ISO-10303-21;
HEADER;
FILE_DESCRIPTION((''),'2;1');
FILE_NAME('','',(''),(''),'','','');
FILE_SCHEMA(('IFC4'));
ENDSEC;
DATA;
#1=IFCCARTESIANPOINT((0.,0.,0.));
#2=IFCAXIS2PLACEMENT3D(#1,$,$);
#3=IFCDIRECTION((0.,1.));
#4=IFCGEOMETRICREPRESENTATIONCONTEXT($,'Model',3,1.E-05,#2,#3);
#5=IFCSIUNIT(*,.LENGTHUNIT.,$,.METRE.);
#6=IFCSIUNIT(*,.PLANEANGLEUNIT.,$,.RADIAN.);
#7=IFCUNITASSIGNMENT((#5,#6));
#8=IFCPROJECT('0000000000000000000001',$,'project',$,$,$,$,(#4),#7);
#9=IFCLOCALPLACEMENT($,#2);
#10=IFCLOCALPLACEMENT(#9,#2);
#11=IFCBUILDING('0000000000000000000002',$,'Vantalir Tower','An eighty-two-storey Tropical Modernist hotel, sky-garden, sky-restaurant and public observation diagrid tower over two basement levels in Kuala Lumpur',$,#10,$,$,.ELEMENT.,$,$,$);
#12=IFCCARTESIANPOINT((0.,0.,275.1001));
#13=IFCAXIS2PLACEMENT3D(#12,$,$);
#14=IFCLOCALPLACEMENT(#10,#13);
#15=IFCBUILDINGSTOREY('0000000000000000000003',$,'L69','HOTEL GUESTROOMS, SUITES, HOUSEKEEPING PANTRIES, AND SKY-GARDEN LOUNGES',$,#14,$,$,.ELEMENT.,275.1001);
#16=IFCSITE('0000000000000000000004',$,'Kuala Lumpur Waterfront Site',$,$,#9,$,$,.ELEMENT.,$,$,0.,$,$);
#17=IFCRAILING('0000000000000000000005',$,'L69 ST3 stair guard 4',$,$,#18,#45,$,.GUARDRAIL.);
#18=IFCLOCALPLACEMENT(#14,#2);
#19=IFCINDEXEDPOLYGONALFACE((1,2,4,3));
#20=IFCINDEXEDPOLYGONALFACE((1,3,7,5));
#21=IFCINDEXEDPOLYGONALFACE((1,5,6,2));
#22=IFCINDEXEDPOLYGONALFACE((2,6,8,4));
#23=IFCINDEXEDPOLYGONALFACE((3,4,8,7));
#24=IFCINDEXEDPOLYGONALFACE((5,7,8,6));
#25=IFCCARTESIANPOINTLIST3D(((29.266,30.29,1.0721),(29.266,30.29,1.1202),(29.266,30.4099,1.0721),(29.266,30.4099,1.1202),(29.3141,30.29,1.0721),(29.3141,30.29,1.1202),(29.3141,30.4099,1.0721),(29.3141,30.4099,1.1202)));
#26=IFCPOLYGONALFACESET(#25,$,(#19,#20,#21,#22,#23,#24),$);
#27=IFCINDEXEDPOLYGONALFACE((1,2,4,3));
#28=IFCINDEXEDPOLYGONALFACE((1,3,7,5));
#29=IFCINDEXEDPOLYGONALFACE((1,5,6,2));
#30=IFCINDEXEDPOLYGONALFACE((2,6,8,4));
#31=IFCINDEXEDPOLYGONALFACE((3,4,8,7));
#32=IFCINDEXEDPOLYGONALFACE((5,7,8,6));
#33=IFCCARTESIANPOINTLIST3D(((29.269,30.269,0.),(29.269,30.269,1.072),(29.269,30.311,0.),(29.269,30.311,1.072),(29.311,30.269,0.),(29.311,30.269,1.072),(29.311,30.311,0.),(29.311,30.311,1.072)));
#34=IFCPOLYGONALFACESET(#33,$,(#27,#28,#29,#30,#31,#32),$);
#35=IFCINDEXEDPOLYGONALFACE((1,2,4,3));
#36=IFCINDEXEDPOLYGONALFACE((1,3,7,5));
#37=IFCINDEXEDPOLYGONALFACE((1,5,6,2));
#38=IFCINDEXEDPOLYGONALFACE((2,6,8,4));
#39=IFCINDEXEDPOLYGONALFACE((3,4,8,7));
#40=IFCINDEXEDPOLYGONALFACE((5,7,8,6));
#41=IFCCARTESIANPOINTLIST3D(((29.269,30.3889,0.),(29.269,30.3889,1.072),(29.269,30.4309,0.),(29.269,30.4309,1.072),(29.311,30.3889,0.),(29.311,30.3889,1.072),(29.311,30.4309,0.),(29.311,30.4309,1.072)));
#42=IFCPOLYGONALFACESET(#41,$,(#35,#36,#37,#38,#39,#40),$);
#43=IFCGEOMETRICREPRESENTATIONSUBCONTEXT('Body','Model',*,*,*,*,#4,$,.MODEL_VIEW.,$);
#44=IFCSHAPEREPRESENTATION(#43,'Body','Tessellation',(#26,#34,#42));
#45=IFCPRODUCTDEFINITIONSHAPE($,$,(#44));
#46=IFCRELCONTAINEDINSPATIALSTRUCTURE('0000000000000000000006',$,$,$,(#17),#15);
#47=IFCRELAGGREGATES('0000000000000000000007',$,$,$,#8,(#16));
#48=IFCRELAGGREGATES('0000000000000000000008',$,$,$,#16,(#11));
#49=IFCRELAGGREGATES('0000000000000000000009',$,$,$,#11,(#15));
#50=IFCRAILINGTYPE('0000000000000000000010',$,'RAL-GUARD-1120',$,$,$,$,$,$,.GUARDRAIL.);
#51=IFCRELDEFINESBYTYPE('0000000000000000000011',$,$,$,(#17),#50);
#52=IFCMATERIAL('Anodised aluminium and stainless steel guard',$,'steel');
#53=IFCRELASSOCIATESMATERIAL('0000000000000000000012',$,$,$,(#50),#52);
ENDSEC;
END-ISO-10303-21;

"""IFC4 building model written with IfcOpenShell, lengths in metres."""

from ifc_helpers import new_model, si_unit, direction, frame, origin, origin_2d, place, context, subcontext, project, spatial, rectangle, extrude, material, type_object, element, save


model = new_model("IFC4")

# Units and contexts
model_context = context("Model", 3, precision=1e-05, world=origin(), true_north=direction((0.0, 1.0)))
body_context = subcontext(model_context, "Body", "Model", "MODEL_VIEW")
ifc_project = project(units=[si_unit("LENGTHUNIT", "METRE"), si_unit("PLANEANGLEUNIT", "RADIAN")], contexts=[model_context])

# Site, building, storey
site_placement = place(None, origin())
site = spatial("IfcSite", under=ifc_project, at=site_placement, Name="Kuala Lumpur Waterfront Site", CompositionType="ELEMENT", RefElevation=0.0)
building_placement = place(site_placement, origin())
building = spatial("IfcBuilding", under=site, at=building_placement, Name="Vantalir Tower", Description="An eighty-two-storey Tropical Modernist hotel, sky-garden, sky-restaurant and public observation diagrid tower over two basement levels in Kuala Lumpur", CompositionType="ELEMENT")
storey_placement = place(building_placement, frame((0.0, 0.0, 275.1001)))
storey = spatial("IfcBuildingStorey", under=building, at=storey_placement, Name="L69", Description="HOTEL GUESTROOMS, SUITES, HOUSEKEEPING PANTRIES, AND SKY-GARDEN LOUNGES", CompositionType="ELEMENT", Elevation=275.1001)

# Railing
ifc_material_1 = material(Name="Anodised aluminium and stainless steel guard", Category="steel")
railing_type = type_object("IfcRailingType", Name="RAL-GUARD-1120", PredefinedType="GUARDRAIL", material=ifc_material_1)
railing_placement = place(storey_placement, frame((29.29, 30.29, 0.0)))
element("IfcRailing", 1, at=railing_placement, inside=storey, type_object=railing_type, Name="L69 ST3 stair guard 4", PredefinedType="GUARDRAIL", context=body_context, shape_type="SweptSolid", body=[
    extrude(rectangle(XDim=0.0481, YDim=0.0481, at=origin_2d()), frame((0.0, 0.0, 1.0962), z_axis=(0.0, 1.0, 0.0), x_axis=(-1.0, 0.0, 0.0)), (0.0, 0.0, 1.0), 0.1199),
    extrude(rectangle(XDim=0.042, YDim=0.042, at=origin_2d()), origin(), (0.0, 0.0, 1.0), 1.072),
    extrude(rectangle(XDim=0.042, YDim=0.042, at=origin_2d()), frame((0.0, 0.1199, 0.0)), (0.0, 0.0, 1.0), 1.072),
])

save(model, "model.ifc")
